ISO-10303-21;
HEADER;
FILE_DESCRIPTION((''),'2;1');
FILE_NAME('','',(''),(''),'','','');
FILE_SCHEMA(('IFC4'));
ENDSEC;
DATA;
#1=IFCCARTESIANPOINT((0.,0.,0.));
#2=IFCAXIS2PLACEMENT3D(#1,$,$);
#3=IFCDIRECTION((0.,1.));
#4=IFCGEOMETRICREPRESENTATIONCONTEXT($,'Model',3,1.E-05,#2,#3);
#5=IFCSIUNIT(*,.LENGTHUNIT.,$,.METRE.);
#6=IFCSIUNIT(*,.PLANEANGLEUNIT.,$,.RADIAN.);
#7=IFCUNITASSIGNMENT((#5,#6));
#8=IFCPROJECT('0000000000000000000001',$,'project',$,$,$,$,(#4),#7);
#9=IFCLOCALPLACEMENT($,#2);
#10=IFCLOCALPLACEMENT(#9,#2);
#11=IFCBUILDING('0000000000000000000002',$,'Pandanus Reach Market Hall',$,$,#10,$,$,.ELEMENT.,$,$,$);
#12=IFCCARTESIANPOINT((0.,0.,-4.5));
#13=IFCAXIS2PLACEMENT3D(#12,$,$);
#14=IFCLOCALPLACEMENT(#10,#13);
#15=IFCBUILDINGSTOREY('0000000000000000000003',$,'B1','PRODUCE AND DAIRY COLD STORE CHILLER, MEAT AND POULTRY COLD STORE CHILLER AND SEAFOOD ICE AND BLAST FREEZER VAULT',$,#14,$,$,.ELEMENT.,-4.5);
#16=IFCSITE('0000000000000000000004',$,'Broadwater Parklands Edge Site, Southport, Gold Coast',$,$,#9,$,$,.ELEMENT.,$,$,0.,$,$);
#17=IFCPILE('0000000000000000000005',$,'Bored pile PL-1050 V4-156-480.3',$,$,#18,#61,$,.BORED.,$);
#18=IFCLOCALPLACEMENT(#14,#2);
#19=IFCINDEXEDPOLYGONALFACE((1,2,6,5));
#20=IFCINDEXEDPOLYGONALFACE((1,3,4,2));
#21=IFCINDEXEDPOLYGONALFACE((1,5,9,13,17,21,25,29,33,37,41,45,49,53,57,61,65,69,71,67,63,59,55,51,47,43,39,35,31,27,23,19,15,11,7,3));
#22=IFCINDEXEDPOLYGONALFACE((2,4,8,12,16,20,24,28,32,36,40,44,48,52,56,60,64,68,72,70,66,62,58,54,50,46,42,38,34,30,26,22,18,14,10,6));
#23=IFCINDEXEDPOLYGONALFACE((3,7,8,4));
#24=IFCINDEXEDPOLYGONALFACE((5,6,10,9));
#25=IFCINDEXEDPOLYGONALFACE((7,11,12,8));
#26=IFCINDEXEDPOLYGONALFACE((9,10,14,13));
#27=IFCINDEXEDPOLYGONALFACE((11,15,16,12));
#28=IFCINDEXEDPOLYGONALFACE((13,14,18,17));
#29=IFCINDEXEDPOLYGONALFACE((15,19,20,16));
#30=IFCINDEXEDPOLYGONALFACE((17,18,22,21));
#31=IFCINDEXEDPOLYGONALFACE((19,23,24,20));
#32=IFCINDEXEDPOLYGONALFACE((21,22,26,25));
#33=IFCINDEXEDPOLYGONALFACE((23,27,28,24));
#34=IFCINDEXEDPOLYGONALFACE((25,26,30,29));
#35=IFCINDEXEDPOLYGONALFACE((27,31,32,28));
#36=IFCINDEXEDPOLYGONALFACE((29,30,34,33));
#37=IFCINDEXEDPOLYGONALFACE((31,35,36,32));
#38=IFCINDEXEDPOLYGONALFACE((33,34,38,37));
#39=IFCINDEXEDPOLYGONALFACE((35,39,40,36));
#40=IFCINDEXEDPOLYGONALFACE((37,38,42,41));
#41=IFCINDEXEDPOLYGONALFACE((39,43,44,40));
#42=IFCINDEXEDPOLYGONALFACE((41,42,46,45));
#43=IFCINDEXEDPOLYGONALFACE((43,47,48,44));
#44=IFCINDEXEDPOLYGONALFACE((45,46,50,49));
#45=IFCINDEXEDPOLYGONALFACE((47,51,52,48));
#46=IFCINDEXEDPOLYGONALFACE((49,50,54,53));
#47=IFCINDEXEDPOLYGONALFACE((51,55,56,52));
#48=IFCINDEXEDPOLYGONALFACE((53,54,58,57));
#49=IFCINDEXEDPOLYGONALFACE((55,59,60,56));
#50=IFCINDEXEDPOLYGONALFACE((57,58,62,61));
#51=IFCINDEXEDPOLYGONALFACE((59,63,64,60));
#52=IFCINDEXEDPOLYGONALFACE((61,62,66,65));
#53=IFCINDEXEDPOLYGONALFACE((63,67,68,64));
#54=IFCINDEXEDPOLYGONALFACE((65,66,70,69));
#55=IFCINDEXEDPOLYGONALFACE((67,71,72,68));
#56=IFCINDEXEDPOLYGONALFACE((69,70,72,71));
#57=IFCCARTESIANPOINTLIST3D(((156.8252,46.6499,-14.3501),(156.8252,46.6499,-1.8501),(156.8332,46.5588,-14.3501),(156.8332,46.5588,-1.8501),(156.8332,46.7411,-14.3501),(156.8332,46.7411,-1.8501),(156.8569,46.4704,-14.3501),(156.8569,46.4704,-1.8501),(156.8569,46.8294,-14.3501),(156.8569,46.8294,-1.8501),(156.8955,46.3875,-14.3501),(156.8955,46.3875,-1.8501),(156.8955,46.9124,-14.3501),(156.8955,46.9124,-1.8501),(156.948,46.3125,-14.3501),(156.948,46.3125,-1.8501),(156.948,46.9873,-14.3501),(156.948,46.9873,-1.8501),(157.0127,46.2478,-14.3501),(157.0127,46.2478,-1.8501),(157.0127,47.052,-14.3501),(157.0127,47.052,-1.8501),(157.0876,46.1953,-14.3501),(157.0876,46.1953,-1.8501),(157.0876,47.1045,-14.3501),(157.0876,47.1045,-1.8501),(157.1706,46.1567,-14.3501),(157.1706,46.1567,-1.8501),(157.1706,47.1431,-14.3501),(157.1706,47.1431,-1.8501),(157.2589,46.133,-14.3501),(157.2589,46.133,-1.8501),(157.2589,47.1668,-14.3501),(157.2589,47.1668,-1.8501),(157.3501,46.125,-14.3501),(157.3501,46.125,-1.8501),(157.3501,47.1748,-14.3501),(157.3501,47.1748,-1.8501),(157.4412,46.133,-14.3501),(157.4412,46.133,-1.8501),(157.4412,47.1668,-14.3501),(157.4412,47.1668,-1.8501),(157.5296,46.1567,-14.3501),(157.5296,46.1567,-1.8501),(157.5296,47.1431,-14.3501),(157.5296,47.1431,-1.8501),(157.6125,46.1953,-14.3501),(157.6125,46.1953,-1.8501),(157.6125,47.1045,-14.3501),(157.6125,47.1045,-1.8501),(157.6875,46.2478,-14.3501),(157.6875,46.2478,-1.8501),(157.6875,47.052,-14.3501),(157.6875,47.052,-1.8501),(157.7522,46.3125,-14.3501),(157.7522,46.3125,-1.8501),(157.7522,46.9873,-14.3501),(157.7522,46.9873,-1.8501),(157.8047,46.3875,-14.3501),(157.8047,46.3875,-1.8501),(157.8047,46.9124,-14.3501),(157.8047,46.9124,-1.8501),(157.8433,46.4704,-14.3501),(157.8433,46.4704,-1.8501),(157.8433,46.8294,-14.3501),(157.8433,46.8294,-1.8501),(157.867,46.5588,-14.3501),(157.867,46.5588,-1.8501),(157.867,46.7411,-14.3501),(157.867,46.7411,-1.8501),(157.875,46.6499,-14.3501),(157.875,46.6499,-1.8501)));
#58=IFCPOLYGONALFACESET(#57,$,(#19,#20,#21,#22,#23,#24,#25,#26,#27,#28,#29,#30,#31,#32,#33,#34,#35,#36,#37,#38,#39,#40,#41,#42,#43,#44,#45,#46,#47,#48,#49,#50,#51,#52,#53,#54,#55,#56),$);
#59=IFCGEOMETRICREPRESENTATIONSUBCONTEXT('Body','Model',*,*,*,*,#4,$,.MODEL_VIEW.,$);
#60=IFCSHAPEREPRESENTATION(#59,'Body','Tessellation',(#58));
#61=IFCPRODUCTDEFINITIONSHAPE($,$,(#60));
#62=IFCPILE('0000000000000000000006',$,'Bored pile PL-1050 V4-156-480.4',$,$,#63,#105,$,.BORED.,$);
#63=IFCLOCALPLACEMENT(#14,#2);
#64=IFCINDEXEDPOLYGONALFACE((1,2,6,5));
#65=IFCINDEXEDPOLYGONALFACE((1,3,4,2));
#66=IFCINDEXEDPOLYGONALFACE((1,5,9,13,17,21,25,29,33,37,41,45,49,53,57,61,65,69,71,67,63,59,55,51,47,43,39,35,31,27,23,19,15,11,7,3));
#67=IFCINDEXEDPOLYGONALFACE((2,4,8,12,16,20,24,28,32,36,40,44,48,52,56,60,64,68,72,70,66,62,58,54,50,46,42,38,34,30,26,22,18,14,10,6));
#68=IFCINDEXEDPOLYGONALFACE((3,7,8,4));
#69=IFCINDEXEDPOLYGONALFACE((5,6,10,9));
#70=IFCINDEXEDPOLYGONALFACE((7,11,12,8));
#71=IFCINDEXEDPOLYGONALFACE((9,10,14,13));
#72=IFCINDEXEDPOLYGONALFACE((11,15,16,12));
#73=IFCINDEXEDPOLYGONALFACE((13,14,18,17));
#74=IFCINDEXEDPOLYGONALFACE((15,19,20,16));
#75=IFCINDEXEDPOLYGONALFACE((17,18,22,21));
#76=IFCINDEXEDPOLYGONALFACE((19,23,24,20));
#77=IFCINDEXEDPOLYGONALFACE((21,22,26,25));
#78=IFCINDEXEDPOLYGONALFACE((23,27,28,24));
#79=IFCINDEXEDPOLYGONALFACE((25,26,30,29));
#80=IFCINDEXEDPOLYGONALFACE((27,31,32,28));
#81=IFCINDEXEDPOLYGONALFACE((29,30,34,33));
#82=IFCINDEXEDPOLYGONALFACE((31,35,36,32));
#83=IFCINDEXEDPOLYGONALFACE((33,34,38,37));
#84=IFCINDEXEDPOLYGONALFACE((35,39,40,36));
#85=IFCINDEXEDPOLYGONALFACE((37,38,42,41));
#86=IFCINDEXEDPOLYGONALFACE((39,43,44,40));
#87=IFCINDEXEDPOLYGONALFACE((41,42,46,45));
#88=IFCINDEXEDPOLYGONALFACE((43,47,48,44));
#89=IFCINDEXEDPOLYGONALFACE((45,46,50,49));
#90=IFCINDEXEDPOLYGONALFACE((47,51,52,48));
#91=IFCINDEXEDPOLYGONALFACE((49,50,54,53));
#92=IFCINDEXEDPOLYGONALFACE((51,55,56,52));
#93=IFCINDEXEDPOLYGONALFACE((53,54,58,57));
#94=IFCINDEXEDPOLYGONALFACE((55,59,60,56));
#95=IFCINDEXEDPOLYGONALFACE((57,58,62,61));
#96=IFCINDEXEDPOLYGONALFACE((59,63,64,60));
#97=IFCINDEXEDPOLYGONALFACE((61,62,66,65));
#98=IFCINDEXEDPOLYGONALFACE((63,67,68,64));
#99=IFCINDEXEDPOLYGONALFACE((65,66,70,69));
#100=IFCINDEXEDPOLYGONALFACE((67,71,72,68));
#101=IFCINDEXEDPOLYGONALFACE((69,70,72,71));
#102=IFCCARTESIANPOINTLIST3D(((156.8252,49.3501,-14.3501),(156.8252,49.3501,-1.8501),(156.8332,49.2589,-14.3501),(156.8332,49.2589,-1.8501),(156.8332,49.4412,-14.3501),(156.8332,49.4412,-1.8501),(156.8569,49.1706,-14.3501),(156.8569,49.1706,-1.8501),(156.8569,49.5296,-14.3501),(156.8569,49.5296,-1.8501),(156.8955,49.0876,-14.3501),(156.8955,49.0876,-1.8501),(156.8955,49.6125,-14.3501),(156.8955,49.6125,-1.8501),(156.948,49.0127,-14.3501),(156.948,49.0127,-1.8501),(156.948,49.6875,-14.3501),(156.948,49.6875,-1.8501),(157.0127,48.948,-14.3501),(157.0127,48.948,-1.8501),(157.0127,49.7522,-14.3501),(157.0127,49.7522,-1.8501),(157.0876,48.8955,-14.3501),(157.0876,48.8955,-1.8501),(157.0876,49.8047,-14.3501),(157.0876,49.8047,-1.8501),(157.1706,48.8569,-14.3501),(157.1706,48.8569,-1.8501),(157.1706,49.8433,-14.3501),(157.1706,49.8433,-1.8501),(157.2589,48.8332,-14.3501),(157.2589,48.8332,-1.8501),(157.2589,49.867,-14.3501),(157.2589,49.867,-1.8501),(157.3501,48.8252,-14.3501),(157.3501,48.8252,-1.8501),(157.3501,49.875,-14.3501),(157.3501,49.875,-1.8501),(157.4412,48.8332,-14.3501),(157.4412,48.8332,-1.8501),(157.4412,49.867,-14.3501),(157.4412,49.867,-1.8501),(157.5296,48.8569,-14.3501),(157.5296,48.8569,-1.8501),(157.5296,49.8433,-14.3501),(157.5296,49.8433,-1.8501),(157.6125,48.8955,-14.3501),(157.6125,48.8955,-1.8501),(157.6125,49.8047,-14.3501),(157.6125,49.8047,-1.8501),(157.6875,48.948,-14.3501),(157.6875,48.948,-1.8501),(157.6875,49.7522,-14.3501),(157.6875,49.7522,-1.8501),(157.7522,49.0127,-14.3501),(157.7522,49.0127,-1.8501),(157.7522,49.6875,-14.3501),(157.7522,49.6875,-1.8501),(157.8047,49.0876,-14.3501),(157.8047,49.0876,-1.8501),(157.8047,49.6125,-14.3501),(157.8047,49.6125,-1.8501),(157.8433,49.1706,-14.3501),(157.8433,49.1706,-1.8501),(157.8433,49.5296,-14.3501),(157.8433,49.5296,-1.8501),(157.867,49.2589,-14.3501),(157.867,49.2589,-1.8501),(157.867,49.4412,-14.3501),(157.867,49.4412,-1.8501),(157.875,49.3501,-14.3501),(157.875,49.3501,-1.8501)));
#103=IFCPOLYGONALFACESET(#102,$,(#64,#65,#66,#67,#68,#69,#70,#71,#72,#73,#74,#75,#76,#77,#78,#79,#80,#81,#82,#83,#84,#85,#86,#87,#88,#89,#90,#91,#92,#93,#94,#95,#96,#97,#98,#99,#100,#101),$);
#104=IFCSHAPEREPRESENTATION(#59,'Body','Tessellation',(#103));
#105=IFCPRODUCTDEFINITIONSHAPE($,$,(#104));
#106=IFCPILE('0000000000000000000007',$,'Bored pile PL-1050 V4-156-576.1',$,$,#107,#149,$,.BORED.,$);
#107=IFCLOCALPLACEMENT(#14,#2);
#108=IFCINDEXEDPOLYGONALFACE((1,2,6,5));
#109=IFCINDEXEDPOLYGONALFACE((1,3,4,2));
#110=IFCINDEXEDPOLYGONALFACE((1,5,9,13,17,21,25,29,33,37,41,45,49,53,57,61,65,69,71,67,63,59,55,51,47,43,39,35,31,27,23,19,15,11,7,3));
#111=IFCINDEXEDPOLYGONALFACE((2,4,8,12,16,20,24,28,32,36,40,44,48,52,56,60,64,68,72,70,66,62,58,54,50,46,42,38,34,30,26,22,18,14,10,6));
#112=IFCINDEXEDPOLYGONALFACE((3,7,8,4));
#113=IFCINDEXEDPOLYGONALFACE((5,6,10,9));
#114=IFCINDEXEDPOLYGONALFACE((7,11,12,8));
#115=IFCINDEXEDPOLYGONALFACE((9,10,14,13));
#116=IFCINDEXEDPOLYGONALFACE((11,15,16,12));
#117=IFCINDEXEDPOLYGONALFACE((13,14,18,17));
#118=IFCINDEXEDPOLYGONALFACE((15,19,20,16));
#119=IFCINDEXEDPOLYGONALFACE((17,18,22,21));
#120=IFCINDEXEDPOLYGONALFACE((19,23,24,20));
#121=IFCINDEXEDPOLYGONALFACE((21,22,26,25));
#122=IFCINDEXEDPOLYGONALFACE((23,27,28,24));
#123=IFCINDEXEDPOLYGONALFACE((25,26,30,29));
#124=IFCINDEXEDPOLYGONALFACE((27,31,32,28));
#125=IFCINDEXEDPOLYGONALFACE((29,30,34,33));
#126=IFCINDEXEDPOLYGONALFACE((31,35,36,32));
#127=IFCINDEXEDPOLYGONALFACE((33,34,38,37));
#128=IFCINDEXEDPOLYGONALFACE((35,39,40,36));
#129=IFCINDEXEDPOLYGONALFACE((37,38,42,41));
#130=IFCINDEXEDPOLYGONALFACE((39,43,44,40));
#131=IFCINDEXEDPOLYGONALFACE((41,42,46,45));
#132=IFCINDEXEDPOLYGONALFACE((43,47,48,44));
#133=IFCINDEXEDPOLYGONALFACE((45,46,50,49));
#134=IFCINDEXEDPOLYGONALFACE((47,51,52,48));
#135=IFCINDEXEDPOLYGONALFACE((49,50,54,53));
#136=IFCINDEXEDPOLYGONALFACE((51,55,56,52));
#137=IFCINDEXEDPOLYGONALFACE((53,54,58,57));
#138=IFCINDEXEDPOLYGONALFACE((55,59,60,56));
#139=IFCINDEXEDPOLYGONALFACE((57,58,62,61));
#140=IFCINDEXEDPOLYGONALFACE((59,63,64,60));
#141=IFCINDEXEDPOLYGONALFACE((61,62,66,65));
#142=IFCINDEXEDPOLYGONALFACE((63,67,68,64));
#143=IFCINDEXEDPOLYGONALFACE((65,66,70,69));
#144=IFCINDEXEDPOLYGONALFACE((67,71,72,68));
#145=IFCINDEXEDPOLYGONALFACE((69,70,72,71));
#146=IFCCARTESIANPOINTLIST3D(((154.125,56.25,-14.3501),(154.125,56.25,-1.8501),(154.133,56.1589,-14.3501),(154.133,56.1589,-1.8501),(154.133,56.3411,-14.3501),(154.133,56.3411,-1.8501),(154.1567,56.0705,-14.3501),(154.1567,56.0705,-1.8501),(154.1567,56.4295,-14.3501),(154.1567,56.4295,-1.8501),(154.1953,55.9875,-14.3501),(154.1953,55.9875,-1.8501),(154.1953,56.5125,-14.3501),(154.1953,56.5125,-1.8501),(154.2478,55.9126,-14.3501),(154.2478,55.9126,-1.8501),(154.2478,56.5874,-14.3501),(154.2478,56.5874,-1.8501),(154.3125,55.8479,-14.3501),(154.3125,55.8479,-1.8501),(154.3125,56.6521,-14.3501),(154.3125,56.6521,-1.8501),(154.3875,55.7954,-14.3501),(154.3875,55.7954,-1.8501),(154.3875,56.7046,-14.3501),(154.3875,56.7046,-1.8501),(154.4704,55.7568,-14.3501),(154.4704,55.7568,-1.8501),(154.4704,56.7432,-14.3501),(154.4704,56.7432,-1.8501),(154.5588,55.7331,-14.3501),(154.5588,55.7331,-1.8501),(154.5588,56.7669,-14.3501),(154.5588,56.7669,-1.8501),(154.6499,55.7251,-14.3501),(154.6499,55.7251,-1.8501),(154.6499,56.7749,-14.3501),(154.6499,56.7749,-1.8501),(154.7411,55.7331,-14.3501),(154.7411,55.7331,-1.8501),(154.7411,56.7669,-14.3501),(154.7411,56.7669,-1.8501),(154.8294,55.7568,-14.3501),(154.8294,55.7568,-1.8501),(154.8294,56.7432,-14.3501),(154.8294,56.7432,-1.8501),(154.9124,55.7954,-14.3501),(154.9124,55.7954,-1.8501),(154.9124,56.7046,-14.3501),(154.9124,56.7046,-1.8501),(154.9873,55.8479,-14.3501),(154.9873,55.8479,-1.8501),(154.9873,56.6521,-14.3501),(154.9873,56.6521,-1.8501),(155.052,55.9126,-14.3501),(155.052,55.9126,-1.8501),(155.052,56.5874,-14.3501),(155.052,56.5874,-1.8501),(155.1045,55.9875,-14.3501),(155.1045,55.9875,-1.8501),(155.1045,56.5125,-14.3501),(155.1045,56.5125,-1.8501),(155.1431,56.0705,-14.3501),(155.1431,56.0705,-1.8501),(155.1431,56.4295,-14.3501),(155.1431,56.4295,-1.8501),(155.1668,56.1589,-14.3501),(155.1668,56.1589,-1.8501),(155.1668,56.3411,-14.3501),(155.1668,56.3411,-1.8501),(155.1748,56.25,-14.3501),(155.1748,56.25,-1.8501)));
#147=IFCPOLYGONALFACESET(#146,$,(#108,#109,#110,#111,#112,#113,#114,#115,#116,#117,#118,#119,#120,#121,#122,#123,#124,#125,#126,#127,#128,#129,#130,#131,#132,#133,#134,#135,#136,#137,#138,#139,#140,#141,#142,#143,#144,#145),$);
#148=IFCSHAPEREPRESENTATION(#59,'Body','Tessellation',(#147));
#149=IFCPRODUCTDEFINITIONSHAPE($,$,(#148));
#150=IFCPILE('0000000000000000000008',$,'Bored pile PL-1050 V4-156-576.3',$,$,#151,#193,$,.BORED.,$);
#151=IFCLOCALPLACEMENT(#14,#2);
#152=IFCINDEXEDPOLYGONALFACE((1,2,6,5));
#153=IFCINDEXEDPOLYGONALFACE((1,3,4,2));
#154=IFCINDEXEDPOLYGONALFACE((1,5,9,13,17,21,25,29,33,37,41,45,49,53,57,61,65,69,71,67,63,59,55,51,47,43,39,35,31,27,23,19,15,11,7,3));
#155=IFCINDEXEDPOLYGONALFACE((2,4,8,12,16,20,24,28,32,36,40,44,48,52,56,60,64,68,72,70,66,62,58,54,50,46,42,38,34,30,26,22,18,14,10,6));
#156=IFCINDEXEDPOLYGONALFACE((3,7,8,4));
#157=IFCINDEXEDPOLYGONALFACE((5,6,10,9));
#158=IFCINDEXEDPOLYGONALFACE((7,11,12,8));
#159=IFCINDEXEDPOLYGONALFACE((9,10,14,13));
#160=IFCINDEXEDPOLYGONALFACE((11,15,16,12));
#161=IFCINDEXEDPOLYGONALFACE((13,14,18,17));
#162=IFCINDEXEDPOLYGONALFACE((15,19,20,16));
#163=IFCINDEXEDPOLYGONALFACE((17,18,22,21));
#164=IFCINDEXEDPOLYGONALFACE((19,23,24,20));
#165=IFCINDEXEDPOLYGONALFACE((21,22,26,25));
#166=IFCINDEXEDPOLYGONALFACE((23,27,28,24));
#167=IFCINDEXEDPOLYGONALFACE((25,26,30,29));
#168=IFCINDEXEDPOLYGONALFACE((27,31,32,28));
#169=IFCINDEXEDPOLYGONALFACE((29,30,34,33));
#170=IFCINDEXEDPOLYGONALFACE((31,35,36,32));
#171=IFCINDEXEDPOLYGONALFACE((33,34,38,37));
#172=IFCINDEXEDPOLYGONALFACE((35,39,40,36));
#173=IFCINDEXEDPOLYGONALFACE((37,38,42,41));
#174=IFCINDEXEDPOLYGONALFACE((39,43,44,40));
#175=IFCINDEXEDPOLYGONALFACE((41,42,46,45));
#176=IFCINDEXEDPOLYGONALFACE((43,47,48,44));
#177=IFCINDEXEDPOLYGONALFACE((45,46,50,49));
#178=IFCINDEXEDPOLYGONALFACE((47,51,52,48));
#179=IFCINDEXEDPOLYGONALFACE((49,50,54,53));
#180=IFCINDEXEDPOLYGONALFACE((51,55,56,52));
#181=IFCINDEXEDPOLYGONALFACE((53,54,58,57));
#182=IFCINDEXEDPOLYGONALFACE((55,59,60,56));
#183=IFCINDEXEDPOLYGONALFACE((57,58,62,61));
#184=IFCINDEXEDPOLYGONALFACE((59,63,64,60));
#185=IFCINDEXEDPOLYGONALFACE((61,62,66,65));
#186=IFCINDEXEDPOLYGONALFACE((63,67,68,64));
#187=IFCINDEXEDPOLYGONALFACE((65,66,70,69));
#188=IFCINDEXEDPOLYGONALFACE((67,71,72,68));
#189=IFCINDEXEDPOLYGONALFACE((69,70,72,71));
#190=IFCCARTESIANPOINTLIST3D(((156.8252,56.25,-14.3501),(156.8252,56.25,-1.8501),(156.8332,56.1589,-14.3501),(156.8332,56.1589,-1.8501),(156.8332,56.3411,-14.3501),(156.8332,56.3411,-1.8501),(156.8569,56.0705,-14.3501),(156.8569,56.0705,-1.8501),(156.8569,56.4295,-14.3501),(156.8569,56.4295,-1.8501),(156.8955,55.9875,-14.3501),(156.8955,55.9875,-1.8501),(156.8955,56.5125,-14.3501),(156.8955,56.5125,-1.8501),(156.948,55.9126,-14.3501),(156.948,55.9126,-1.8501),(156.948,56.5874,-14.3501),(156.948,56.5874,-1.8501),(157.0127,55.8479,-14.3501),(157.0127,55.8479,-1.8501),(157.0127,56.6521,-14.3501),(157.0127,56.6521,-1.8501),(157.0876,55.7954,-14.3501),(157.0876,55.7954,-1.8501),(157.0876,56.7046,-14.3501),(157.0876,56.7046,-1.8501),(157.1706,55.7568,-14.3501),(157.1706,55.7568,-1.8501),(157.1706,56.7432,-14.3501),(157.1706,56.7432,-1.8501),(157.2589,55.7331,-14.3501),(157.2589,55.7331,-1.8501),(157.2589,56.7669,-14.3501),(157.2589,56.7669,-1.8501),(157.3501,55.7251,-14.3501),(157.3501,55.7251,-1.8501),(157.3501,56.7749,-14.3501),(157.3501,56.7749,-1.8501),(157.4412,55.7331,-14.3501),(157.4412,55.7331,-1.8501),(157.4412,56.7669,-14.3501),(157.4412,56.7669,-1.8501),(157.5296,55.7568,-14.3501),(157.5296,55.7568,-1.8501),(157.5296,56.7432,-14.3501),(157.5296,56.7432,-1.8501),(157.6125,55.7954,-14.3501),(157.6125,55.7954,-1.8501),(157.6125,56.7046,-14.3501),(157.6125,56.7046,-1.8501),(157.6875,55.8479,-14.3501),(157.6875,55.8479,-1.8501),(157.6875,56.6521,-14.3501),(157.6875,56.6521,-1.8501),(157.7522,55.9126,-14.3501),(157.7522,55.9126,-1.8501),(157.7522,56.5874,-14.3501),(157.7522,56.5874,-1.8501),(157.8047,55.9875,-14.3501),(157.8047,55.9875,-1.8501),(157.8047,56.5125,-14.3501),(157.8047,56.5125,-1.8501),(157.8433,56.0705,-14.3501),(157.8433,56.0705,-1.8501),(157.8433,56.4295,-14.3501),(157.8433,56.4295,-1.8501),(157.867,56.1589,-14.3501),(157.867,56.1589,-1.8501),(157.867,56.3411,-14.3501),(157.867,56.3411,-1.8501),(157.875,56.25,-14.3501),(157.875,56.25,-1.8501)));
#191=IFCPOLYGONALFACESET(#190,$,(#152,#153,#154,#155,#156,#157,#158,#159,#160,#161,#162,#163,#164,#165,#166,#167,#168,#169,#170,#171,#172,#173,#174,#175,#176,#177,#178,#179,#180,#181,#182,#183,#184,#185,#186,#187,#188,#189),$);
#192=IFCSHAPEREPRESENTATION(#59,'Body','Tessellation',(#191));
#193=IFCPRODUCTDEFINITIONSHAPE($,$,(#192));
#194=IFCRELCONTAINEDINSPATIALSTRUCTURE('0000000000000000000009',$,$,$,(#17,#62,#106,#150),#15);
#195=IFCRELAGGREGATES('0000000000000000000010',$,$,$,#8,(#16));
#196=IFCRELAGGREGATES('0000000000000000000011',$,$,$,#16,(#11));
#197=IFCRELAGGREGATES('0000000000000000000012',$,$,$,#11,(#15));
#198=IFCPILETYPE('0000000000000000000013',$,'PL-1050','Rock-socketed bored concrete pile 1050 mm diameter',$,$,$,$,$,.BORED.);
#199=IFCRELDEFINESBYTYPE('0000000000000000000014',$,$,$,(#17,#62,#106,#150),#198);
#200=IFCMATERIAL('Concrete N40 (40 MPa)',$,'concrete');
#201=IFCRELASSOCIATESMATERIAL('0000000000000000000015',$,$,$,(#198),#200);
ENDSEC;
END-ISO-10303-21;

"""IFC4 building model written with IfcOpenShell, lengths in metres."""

from ifc_helpers import new_model, si_unit, direction, frame, origin, origin_2d, place, context, subcontext, project, spatial, circle, extrude, material, material_profile, profile_set, type_object, element, save


model = new_model("IFC4")

# Units and contexts
model_context = context("Model", 3, precision=1e-05, world=origin(), true_north=direction((0.0, 1.0)))
body_context = subcontext(model_context, "Body", "Model", "MODEL_VIEW")
ifc_project = project(units=[si_unit("LENGTHUNIT", "METRE"), si_unit("PLANEANGLEUNIT", "RADIAN")], contexts=[model_context])

# Site, building, storey
site_placement = place(None, origin())
site = spatial("IfcSite", under=ifc_project, at=site_placement, Name="Broadwater Parklands Edge Site, Southport, Gold Coast", CompositionType="ELEMENT", RefElevation=0.0)
building_placement = place(site_placement, origin())
building = spatial("IfcBuilding", under=site, at=building_placement, Name="Pandanus Reach Market Hall", CompositionType="ELEMENT")
storey_placement = place(building_placement, frame((0.0, 0.0, -4.5)))
storey = spatial("IfcBuildingStorey", under=building, at=storey_placement, Name="B1", Description="PRODUCE AND DAIRY COLD STORE CHILLER, MEAT AND POULTRY COLD STORE CHILLER AND SEAFOOD ICE AND BLAST FREEZER VAULT", CompositionType="ELEMENT", Elevation=-4.5)

# Shared definitions
ifc_material_1 = material(Name="Concrete N40 (40 MPa)", Category="concrete")

# Piles
ifc_material_profile_1 = material_profile(ifc_material_1, circle(Radius=0.5249, at=origin_2d()), Name="PILE-1050D", Category="LoadBearing")
ifc_profile_set_1 = profile_set([ifc_material_profile_1], Name="Concrete N40 (40 MPa)")
pile_type_1 = type_object("IfcPileType", Name="PL-1050", Description="Rock-socketed bored concrete pile 1050 mm diameter", PredefinedType="BORED", material=ifc_profile_set_1)
for number, where, z_axis, x_axis, name in (
    (1, (157.3501, 46.6499, -1.8501), (0.0, 0.0, -1.0), (1.0, 0.0, 0.0), "Bored pile PL-1050 V4-156-480.3"),
    (2, (157.3501, 49.3501, -1.8501), (0.0, 0.0, -1.0), (1.0, 0.0, 0.0), "Bored pile PL-1050 V4-156-480.4"),
    (3, (154.6499, 56.25, -1.8501), (0.0, 0.0, -1.0), (1.0, 0.0, 0.0), "Bored pile PL-1050 V4-156-576.1"),
    (4, (157.3501, 56.25, -1.8501), (0.0, 0.0, -1.0), (1.0, 0.0, 0.0), "Bored pile PL-1050 V4-156-576.3"),
):
    element("IfcPile", number, at=place(storey_placement, frame(where, z_axis=z_axis, x_axis=x_axis)), inside=storey, type_object=pile_type_1, Name=name, PredefinedType="BORED", context=body_context, shape_type="SweptSolid", body=[
        extrude(circle(Radius=0.5249, at=origin_2d()), origin(), (0.0, 0.0, 1.0), 12.5),
    ])

save(model, "model.ifc")
